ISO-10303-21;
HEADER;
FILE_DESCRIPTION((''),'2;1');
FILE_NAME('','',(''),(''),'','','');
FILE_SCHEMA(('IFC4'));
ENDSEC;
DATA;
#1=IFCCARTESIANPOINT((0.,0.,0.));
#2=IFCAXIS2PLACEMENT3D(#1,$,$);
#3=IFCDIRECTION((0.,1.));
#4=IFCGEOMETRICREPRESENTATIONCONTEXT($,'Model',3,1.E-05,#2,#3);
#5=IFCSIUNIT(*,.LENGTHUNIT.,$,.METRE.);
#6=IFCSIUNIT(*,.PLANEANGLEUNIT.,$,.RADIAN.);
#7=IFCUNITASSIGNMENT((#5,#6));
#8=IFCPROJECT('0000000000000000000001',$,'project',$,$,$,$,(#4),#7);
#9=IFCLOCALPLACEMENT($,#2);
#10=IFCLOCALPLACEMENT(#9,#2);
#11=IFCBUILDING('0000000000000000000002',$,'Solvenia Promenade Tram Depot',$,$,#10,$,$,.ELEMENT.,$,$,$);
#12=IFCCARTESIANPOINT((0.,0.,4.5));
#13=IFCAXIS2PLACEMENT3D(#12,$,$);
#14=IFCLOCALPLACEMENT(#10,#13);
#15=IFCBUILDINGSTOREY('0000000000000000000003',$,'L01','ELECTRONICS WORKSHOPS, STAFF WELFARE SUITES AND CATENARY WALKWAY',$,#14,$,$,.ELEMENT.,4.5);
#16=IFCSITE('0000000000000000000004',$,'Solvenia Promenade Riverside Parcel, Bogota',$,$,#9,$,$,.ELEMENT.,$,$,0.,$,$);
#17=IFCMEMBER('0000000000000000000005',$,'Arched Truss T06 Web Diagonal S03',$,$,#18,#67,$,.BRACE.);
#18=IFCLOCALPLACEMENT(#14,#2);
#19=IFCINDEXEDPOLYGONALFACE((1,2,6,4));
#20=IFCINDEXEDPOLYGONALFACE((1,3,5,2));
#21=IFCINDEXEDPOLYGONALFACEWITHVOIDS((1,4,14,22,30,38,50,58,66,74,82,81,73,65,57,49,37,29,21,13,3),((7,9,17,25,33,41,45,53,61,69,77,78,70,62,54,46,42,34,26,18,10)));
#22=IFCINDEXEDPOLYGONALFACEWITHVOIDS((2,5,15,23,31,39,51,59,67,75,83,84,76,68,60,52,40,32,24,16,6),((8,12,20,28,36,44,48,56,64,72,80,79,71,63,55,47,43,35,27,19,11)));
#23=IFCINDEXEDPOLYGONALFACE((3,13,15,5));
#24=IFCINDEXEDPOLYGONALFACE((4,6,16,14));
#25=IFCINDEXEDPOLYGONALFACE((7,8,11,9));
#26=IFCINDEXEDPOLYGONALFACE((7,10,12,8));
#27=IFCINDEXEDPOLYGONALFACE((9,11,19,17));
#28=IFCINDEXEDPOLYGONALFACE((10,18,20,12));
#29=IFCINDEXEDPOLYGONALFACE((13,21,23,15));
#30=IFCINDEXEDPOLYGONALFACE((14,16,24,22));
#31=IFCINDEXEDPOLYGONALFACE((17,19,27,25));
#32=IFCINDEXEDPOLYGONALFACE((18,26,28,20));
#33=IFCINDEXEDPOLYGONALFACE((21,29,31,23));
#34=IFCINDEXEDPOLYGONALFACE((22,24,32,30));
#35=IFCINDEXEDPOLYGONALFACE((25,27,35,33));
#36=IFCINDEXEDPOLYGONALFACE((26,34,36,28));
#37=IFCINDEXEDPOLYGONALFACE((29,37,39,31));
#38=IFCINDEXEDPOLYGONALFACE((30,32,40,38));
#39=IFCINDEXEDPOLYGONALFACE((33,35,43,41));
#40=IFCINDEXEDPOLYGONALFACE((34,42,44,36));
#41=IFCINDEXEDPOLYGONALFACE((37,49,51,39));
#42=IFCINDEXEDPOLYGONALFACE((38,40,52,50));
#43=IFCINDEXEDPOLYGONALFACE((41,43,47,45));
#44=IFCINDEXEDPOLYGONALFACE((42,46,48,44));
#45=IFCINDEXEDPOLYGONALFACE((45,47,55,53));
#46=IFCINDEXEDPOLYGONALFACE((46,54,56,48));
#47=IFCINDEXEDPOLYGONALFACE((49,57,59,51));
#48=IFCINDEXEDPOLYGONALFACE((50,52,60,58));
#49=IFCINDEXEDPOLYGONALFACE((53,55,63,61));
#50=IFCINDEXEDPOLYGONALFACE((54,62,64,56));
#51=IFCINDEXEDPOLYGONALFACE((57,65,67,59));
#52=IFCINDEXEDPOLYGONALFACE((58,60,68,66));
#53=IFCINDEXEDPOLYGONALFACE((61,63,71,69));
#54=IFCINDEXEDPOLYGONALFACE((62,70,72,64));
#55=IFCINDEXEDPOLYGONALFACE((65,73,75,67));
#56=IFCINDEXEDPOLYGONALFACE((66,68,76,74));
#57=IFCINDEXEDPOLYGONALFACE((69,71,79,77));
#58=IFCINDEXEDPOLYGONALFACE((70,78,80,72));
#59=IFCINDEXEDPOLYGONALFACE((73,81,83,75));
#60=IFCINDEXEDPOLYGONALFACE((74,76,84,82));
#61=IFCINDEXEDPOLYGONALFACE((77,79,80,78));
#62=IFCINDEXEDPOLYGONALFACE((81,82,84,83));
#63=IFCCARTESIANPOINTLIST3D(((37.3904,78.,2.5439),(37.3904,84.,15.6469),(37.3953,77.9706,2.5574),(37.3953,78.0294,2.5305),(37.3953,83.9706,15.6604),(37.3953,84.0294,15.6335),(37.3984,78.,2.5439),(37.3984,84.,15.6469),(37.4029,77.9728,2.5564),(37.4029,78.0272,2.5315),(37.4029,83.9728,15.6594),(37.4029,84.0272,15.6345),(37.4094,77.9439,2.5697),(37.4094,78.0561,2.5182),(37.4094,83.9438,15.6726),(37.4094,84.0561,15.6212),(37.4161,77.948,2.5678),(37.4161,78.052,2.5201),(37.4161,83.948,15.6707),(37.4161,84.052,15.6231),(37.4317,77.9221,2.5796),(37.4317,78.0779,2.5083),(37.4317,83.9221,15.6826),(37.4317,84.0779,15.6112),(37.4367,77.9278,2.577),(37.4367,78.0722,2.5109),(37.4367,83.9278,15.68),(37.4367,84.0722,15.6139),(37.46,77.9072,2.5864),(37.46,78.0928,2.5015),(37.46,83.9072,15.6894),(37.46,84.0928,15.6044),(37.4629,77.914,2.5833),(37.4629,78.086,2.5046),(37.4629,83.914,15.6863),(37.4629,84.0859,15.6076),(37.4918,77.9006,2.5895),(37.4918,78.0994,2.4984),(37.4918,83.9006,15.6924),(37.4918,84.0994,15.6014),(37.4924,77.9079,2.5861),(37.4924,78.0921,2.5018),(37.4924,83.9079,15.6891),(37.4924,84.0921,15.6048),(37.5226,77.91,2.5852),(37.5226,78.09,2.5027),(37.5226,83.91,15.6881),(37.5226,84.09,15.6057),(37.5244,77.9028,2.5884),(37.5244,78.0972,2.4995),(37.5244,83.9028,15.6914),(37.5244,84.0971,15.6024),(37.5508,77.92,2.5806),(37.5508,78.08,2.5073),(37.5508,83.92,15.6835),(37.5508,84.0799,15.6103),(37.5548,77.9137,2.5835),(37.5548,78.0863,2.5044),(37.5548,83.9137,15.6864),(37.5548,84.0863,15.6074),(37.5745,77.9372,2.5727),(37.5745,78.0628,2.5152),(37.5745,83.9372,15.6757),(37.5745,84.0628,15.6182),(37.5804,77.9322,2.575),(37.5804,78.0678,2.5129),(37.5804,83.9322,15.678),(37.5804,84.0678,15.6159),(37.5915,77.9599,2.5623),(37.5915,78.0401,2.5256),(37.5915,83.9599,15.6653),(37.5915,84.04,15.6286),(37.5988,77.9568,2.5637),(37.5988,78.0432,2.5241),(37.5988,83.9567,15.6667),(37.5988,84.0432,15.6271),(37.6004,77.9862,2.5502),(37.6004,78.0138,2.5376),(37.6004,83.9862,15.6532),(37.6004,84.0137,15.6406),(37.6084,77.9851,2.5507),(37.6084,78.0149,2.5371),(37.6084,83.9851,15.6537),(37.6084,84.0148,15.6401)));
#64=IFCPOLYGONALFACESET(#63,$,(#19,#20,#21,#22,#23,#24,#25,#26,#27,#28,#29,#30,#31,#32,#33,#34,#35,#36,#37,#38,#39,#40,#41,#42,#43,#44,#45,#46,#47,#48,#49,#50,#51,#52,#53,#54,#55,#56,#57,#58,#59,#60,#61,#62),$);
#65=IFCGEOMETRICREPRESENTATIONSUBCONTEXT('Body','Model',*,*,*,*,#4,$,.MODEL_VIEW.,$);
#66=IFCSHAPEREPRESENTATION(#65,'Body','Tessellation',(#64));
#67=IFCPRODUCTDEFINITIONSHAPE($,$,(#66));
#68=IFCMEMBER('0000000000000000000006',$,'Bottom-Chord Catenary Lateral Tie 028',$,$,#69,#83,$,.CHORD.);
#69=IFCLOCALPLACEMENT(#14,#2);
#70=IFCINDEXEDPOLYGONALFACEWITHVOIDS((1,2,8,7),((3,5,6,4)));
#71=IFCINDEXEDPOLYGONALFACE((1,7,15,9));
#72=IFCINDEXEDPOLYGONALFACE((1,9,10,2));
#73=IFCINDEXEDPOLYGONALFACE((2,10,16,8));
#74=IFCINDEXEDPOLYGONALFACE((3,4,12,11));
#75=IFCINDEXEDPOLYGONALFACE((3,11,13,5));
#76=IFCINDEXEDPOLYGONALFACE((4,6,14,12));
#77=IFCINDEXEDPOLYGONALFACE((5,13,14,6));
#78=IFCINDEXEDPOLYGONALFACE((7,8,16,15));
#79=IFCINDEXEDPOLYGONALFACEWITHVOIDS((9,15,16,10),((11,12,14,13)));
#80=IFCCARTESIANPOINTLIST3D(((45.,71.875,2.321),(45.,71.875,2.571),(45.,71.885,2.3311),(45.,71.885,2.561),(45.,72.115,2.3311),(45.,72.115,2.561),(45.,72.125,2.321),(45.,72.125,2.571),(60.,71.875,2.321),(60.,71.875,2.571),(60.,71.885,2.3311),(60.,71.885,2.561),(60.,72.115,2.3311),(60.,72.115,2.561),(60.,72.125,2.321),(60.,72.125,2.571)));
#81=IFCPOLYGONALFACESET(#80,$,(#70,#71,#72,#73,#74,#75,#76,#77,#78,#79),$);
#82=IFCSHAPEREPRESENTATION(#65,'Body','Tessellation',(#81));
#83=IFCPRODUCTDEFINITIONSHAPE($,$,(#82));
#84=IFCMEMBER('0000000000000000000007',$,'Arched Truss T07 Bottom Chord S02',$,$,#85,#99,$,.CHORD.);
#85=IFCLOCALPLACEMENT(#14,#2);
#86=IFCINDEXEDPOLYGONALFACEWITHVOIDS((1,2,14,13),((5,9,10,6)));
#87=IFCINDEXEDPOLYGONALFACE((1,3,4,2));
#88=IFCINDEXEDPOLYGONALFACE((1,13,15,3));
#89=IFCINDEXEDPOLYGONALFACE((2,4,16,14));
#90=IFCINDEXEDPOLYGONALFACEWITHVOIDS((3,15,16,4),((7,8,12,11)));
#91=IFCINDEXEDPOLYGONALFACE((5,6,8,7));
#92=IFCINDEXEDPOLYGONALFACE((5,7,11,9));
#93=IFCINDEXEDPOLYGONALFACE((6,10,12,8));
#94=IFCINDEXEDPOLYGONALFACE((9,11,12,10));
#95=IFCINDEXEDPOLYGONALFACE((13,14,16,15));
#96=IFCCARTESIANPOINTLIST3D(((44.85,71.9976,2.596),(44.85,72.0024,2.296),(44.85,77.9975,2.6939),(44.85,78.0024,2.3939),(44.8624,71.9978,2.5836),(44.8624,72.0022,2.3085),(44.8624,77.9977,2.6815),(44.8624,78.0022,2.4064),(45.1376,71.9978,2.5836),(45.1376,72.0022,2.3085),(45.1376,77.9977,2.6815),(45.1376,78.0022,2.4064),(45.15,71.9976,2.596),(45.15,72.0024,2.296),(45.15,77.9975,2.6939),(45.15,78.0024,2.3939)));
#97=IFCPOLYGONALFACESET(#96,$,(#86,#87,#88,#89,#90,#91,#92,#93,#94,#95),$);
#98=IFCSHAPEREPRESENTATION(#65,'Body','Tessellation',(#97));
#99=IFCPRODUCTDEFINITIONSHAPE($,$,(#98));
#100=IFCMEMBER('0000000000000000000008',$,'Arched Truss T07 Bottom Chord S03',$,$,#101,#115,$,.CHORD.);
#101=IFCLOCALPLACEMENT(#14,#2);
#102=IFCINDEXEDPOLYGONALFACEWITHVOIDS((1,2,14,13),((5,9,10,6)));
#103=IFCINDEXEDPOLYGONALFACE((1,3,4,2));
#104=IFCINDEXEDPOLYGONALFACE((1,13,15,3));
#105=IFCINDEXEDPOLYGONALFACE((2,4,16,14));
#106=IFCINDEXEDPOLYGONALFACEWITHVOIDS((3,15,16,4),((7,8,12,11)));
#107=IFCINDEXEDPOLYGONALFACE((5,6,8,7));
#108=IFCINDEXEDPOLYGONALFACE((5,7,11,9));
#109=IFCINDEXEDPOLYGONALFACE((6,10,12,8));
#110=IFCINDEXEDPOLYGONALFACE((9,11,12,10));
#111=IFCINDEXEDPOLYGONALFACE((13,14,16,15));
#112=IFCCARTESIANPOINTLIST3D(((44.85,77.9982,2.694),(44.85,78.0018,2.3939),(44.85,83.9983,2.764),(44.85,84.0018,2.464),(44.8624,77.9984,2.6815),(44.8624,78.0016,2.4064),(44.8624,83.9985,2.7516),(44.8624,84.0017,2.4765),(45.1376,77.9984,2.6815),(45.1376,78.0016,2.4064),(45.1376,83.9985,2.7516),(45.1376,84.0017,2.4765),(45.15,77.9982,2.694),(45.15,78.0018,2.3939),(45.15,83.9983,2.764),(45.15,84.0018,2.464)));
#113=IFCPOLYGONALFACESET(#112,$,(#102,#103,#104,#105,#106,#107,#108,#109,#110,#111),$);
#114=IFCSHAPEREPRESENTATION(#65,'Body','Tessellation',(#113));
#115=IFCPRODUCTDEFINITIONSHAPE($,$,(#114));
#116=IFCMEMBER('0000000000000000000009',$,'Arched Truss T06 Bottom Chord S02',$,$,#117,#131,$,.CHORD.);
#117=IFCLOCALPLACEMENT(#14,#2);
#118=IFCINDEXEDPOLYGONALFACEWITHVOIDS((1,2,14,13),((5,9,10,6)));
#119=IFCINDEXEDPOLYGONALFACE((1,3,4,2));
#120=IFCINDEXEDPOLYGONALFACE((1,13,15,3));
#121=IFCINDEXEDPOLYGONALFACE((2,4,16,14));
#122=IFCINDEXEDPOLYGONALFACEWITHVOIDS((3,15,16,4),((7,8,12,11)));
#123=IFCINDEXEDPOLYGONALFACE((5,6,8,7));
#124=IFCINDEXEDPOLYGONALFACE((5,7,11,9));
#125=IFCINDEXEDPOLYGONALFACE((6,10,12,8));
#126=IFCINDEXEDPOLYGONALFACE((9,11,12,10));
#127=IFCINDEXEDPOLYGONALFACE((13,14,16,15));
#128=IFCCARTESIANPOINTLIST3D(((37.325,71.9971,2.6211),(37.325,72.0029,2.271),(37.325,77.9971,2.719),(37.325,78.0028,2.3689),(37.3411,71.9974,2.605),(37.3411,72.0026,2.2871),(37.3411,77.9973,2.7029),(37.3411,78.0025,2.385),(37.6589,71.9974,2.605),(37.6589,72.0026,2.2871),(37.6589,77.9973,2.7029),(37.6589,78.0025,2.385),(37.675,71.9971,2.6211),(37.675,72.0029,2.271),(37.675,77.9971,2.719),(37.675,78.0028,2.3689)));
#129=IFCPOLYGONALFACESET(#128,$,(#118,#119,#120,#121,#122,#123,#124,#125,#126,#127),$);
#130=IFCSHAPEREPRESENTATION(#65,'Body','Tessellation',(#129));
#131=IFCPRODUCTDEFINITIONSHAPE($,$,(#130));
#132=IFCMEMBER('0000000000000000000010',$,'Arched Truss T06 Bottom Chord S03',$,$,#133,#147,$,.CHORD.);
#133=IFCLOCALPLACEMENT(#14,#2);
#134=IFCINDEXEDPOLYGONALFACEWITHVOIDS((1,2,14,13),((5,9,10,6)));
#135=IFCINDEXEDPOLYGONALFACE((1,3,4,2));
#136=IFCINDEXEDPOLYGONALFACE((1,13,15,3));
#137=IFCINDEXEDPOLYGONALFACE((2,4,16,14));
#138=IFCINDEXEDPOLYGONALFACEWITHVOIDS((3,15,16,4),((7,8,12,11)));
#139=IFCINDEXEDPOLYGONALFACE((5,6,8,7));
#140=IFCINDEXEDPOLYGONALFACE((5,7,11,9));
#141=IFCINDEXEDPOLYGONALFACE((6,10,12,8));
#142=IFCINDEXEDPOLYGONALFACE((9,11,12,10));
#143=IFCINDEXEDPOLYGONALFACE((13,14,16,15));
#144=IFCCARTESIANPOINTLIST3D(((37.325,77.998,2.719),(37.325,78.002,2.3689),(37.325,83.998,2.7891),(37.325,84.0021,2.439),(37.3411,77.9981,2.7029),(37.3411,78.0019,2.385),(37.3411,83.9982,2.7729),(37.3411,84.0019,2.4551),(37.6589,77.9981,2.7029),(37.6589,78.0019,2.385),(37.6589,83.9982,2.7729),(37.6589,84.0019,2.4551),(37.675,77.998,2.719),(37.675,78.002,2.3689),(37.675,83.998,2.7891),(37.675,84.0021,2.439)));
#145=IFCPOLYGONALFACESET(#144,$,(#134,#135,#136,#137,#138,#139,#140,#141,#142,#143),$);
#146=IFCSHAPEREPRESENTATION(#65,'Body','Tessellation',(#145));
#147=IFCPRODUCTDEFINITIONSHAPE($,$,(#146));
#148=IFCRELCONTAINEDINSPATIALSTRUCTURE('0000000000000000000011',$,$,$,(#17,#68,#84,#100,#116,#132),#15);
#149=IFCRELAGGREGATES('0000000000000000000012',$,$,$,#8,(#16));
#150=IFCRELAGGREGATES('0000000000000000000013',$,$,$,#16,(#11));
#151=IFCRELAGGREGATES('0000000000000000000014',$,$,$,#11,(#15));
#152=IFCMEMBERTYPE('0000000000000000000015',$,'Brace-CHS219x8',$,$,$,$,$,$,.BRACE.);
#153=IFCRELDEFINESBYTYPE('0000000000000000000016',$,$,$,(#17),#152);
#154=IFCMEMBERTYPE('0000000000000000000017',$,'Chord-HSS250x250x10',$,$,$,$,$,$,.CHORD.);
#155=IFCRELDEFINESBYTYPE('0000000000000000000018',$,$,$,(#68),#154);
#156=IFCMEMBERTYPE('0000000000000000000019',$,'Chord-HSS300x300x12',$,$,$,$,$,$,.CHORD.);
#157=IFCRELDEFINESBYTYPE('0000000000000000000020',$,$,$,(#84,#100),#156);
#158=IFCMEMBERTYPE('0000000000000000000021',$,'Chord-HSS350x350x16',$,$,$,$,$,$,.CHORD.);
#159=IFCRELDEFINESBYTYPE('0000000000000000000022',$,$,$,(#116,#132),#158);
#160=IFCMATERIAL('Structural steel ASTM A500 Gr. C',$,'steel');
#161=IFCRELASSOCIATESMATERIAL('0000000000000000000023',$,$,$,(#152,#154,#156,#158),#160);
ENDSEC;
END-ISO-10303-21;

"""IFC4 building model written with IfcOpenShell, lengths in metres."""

from ifc_helpers import new_model, si_unit, direction, frame, origin, origin_2d, place, context, subcontext, project, spatial, hollow_rectangle, hollow_circle, extrude, material, material_profile, profile_set, type_object, element, save


model = new_model("IFC4")

# Units and contexts
model_context = context("Model", 3, precision=1e-05, world=origin(), true_north=direction((0.0, 1.0)))
body_context = subcontext(model_context, "Body", "Model", "MODEL_VIEW")
ifc_project = project(units=[si_unit("LENGTHUNIT", "METRE"), si_unit("PLANEANGLEUNIT", "RADIAN")], contexts=[model_context])

# Site, building, storey
site_placement = place(None, origin())
site = spatial("IfcSite", under=ifc_project, at=site_placement, Name="Solvenia Promenade Riverside Parcel, Bogota", CompositionType="ELEMENT", RefElevation=0.0)
building_placement = place(site_placement, origin())
building = spatial("IfcBuilding", under=site, at=building_placement, Name="Solvenia Promenade Tram Depot", CompositionType="ELEMENT")
storey_placement = place(building_placement, frame((0.0, 0.0, 4.5)))
storey = spatial("IfcBuildingStorey", under=building, at=storey_placement, Name="L01", Description="ELECTRONICS WORKSHOPS, STAFF WELFARE SUITES AND CATENARY WALKWAY", CompositionType="ELEMENT", Elevation=4.5)

# Members
ifc_material_1 = material(Name="Structural steel ASTM A500 Gr. C", Category="steel")
ifc_material_profile_1 = material_profile(ifc_material_1, hollow_circle(Radius=0.1096, WallThickness=0.0081, at=origin_2d()), Name="CHS219.1x8", Category="steel")
ifc_profile_set_1 = profile_set([ifc_material_profile_1], Name="Structural steel ASTM A500 Gr. C")
member_type_1 = type_object("IfcMemberType", Name="Brace-CHS219x8", PredefinedType="BRACE", material=ifc_profile_set_1)
member_1_placement = place(storey_placement, frame((37.5, 78.0, 2.5439), z_axis=(0.0, 0.416336, 0.909211), x_axis=(-1.0, 0.0, 0.0)))
element("IfcMember", 1, at=member_1_placement, inside=storey, type_object=member_type_1, Name="Arched Truss T06 Web Diagonal S03", PredefinedType="BRACE", context=body_context, shape_type="SweptSolid", body=[
    extrude(hollow_circle(Radius=0.1096, WallThickness=0.0081, at=origin_2d()), origin(), (0.0, 0.0, 1.0), 14.4114),
])
ifc_material_profile_2 = material_profile(ifc_material_1, hollow_rectangle(XDim=0.25, YDim=0.25, WallThickness=0.01, at=origin_2d()), Name="HSS250x250x10", Category="steel")
ifc_profile_set_2 = profile_set([ifc_material_profile_2], Name="Structural steel ASTM A500 Gr. C")
member_type_2 = type_object("IfcMemberType", Name="Chord-HSS250x250x10", PredefinedType="CHORD", material=ifc_profile_set_2)
member_2_placement = place(storey_placement, frame((45.0, 72.0, 2.446), z_axis=(1.0, 0.0, 0.0), x_axis=(0.0, 1.0, 0.0)))
element("IfcMember", 2, at=member_2_placement, inside=storey, type_object=member_type_2, Name="Bottom-Chord Catenary Lateral Tie 028", PredefinedType="CHORD", context=body_context, shape_type="SweptSolid", body=[
    extrude(hollow_rectangle(XDim=0.25, YDim=0.25, WallThickness=0.01, at=origin_2d()), origin(), (0.0, 0.0, 1.0), 15.0),
])
ifc_material_profile_3 = material_profile(ifc_material_1, hollow_rectangle(XDim=0.3, YDim=0.3, WallThickness=0.0125, at=origin_2d()), Name="HSS300x300x12.5", Category="steel")
ifc_profile_set_3 = profile_set([ifc_material_profile_3], Name="Structural steel ASTM A500 Gr. C")
member_type_3 = type_object("IfcMemberType", Name="Chord-HSS300x300x12", PredefinedType="CHORD", material=ifc_profile_set_3)
member_3_placement = place(storey_placement, frame((45.0, 72.0, 2.446), z_axis=(0.0, 0.999867, 0.016315), x_axis=(-1.0, 0.0, 0.0)))
element("IfcMember", 3, at=member_3_placement, inside=storey, type_object=member_type_3, Name="Arched Truss T07 Bottom Chord S02", PredefinedType="CHORD", context=body_context, shape_type="SweptSolid", body=[
    extrude(hollow_rectangle(XDim=0.3, YDim=0.3, WallThickness=0.0125, at=origin_2d()), origin(), (0.0, 0.0, 1.0), 6.0007),
])
member_4_placement = place(storey_placement, frame((45.0, 78.0, 2.5439), z_axis=(0.0, 0.999932, 0.011677), x_axis=(-1.0, 0.0, 0.0)))
element("IfcMember", 4, at=member_4_placement, inside=storey, type_object=member_type_3, Name="Arched Truss T07 Bottom Chord S03", PredefinedType="CHORD", context=body_context, shape_type="SweptSolid", body=[
    extrude(hollow_rectangle(XDim=0.3, YDim=0.3, WallThickness=0.0125, at=origin_2d()), origin(), (0.0, 0.0, 1.0), 6.0005),
])
ifc_material_profile_4 = material_profile(ifc_material_1, hollow_rectangle(XDim=0.3501, YDim=0.3501, WallThickness=0.0161, at=origin_2d()), Name="HSS350x350x16", Category="steel")
ifc_profile_set_4 = profile_set([ifc_material_profile_4], Name="Structural steel ASTM A500 Gr. C")
member_type_4 = type_object("IfcMemberType", Name="Chord-HSS350x350x16", PredefinedType="CHORD", material=ifc_profile_set_4)
member_5_placement = place(storey_placement, frame((37.5, 72.0, 2.446), z_axis=(0.0, 0.999867, 0.016315), x_axis=(-1.0, 0.0, 0.0)))
element("IfcMember", 5, at=member_5_placement, inside=storey, type_object=member_type_4, Name="Arched Truss T06 Bottom Chord S02", PredefinedType="CHORD", context=body_context, shape_type="SweptSolid", body=[
    extrude(hollow_rectangle(XDim=0.3501, YDim=0.3501, WallThickness=0.0161, at=origin_2d()), origin(), (0.0, 0.0, 1.0), 6.0007),
])
member_6_placement = place(storey_placement, frame((37.5, 78.0, 2.5439), z_axis=(0.0, 0.999932, 0.011677), x_axis=(-1.0, 0.0, 0.0)))
element("IfcMember", 6, at=member_6_placement, inside=storey, type_object=member_type_4, Name="Arched Truss T06 Bottom Chord S03", PredefinedType="CHORD", context=body_context, shape_type="SweptSolid", body=[
    extrude(hollow_rectangle(XDim=0.3501, YDim=0.3501, WallThickness=0.0161, at=origin_2d()), origin(), (0.0, 0.0, 1.0), 6.0005),
])

save(model, "model.ifc")
